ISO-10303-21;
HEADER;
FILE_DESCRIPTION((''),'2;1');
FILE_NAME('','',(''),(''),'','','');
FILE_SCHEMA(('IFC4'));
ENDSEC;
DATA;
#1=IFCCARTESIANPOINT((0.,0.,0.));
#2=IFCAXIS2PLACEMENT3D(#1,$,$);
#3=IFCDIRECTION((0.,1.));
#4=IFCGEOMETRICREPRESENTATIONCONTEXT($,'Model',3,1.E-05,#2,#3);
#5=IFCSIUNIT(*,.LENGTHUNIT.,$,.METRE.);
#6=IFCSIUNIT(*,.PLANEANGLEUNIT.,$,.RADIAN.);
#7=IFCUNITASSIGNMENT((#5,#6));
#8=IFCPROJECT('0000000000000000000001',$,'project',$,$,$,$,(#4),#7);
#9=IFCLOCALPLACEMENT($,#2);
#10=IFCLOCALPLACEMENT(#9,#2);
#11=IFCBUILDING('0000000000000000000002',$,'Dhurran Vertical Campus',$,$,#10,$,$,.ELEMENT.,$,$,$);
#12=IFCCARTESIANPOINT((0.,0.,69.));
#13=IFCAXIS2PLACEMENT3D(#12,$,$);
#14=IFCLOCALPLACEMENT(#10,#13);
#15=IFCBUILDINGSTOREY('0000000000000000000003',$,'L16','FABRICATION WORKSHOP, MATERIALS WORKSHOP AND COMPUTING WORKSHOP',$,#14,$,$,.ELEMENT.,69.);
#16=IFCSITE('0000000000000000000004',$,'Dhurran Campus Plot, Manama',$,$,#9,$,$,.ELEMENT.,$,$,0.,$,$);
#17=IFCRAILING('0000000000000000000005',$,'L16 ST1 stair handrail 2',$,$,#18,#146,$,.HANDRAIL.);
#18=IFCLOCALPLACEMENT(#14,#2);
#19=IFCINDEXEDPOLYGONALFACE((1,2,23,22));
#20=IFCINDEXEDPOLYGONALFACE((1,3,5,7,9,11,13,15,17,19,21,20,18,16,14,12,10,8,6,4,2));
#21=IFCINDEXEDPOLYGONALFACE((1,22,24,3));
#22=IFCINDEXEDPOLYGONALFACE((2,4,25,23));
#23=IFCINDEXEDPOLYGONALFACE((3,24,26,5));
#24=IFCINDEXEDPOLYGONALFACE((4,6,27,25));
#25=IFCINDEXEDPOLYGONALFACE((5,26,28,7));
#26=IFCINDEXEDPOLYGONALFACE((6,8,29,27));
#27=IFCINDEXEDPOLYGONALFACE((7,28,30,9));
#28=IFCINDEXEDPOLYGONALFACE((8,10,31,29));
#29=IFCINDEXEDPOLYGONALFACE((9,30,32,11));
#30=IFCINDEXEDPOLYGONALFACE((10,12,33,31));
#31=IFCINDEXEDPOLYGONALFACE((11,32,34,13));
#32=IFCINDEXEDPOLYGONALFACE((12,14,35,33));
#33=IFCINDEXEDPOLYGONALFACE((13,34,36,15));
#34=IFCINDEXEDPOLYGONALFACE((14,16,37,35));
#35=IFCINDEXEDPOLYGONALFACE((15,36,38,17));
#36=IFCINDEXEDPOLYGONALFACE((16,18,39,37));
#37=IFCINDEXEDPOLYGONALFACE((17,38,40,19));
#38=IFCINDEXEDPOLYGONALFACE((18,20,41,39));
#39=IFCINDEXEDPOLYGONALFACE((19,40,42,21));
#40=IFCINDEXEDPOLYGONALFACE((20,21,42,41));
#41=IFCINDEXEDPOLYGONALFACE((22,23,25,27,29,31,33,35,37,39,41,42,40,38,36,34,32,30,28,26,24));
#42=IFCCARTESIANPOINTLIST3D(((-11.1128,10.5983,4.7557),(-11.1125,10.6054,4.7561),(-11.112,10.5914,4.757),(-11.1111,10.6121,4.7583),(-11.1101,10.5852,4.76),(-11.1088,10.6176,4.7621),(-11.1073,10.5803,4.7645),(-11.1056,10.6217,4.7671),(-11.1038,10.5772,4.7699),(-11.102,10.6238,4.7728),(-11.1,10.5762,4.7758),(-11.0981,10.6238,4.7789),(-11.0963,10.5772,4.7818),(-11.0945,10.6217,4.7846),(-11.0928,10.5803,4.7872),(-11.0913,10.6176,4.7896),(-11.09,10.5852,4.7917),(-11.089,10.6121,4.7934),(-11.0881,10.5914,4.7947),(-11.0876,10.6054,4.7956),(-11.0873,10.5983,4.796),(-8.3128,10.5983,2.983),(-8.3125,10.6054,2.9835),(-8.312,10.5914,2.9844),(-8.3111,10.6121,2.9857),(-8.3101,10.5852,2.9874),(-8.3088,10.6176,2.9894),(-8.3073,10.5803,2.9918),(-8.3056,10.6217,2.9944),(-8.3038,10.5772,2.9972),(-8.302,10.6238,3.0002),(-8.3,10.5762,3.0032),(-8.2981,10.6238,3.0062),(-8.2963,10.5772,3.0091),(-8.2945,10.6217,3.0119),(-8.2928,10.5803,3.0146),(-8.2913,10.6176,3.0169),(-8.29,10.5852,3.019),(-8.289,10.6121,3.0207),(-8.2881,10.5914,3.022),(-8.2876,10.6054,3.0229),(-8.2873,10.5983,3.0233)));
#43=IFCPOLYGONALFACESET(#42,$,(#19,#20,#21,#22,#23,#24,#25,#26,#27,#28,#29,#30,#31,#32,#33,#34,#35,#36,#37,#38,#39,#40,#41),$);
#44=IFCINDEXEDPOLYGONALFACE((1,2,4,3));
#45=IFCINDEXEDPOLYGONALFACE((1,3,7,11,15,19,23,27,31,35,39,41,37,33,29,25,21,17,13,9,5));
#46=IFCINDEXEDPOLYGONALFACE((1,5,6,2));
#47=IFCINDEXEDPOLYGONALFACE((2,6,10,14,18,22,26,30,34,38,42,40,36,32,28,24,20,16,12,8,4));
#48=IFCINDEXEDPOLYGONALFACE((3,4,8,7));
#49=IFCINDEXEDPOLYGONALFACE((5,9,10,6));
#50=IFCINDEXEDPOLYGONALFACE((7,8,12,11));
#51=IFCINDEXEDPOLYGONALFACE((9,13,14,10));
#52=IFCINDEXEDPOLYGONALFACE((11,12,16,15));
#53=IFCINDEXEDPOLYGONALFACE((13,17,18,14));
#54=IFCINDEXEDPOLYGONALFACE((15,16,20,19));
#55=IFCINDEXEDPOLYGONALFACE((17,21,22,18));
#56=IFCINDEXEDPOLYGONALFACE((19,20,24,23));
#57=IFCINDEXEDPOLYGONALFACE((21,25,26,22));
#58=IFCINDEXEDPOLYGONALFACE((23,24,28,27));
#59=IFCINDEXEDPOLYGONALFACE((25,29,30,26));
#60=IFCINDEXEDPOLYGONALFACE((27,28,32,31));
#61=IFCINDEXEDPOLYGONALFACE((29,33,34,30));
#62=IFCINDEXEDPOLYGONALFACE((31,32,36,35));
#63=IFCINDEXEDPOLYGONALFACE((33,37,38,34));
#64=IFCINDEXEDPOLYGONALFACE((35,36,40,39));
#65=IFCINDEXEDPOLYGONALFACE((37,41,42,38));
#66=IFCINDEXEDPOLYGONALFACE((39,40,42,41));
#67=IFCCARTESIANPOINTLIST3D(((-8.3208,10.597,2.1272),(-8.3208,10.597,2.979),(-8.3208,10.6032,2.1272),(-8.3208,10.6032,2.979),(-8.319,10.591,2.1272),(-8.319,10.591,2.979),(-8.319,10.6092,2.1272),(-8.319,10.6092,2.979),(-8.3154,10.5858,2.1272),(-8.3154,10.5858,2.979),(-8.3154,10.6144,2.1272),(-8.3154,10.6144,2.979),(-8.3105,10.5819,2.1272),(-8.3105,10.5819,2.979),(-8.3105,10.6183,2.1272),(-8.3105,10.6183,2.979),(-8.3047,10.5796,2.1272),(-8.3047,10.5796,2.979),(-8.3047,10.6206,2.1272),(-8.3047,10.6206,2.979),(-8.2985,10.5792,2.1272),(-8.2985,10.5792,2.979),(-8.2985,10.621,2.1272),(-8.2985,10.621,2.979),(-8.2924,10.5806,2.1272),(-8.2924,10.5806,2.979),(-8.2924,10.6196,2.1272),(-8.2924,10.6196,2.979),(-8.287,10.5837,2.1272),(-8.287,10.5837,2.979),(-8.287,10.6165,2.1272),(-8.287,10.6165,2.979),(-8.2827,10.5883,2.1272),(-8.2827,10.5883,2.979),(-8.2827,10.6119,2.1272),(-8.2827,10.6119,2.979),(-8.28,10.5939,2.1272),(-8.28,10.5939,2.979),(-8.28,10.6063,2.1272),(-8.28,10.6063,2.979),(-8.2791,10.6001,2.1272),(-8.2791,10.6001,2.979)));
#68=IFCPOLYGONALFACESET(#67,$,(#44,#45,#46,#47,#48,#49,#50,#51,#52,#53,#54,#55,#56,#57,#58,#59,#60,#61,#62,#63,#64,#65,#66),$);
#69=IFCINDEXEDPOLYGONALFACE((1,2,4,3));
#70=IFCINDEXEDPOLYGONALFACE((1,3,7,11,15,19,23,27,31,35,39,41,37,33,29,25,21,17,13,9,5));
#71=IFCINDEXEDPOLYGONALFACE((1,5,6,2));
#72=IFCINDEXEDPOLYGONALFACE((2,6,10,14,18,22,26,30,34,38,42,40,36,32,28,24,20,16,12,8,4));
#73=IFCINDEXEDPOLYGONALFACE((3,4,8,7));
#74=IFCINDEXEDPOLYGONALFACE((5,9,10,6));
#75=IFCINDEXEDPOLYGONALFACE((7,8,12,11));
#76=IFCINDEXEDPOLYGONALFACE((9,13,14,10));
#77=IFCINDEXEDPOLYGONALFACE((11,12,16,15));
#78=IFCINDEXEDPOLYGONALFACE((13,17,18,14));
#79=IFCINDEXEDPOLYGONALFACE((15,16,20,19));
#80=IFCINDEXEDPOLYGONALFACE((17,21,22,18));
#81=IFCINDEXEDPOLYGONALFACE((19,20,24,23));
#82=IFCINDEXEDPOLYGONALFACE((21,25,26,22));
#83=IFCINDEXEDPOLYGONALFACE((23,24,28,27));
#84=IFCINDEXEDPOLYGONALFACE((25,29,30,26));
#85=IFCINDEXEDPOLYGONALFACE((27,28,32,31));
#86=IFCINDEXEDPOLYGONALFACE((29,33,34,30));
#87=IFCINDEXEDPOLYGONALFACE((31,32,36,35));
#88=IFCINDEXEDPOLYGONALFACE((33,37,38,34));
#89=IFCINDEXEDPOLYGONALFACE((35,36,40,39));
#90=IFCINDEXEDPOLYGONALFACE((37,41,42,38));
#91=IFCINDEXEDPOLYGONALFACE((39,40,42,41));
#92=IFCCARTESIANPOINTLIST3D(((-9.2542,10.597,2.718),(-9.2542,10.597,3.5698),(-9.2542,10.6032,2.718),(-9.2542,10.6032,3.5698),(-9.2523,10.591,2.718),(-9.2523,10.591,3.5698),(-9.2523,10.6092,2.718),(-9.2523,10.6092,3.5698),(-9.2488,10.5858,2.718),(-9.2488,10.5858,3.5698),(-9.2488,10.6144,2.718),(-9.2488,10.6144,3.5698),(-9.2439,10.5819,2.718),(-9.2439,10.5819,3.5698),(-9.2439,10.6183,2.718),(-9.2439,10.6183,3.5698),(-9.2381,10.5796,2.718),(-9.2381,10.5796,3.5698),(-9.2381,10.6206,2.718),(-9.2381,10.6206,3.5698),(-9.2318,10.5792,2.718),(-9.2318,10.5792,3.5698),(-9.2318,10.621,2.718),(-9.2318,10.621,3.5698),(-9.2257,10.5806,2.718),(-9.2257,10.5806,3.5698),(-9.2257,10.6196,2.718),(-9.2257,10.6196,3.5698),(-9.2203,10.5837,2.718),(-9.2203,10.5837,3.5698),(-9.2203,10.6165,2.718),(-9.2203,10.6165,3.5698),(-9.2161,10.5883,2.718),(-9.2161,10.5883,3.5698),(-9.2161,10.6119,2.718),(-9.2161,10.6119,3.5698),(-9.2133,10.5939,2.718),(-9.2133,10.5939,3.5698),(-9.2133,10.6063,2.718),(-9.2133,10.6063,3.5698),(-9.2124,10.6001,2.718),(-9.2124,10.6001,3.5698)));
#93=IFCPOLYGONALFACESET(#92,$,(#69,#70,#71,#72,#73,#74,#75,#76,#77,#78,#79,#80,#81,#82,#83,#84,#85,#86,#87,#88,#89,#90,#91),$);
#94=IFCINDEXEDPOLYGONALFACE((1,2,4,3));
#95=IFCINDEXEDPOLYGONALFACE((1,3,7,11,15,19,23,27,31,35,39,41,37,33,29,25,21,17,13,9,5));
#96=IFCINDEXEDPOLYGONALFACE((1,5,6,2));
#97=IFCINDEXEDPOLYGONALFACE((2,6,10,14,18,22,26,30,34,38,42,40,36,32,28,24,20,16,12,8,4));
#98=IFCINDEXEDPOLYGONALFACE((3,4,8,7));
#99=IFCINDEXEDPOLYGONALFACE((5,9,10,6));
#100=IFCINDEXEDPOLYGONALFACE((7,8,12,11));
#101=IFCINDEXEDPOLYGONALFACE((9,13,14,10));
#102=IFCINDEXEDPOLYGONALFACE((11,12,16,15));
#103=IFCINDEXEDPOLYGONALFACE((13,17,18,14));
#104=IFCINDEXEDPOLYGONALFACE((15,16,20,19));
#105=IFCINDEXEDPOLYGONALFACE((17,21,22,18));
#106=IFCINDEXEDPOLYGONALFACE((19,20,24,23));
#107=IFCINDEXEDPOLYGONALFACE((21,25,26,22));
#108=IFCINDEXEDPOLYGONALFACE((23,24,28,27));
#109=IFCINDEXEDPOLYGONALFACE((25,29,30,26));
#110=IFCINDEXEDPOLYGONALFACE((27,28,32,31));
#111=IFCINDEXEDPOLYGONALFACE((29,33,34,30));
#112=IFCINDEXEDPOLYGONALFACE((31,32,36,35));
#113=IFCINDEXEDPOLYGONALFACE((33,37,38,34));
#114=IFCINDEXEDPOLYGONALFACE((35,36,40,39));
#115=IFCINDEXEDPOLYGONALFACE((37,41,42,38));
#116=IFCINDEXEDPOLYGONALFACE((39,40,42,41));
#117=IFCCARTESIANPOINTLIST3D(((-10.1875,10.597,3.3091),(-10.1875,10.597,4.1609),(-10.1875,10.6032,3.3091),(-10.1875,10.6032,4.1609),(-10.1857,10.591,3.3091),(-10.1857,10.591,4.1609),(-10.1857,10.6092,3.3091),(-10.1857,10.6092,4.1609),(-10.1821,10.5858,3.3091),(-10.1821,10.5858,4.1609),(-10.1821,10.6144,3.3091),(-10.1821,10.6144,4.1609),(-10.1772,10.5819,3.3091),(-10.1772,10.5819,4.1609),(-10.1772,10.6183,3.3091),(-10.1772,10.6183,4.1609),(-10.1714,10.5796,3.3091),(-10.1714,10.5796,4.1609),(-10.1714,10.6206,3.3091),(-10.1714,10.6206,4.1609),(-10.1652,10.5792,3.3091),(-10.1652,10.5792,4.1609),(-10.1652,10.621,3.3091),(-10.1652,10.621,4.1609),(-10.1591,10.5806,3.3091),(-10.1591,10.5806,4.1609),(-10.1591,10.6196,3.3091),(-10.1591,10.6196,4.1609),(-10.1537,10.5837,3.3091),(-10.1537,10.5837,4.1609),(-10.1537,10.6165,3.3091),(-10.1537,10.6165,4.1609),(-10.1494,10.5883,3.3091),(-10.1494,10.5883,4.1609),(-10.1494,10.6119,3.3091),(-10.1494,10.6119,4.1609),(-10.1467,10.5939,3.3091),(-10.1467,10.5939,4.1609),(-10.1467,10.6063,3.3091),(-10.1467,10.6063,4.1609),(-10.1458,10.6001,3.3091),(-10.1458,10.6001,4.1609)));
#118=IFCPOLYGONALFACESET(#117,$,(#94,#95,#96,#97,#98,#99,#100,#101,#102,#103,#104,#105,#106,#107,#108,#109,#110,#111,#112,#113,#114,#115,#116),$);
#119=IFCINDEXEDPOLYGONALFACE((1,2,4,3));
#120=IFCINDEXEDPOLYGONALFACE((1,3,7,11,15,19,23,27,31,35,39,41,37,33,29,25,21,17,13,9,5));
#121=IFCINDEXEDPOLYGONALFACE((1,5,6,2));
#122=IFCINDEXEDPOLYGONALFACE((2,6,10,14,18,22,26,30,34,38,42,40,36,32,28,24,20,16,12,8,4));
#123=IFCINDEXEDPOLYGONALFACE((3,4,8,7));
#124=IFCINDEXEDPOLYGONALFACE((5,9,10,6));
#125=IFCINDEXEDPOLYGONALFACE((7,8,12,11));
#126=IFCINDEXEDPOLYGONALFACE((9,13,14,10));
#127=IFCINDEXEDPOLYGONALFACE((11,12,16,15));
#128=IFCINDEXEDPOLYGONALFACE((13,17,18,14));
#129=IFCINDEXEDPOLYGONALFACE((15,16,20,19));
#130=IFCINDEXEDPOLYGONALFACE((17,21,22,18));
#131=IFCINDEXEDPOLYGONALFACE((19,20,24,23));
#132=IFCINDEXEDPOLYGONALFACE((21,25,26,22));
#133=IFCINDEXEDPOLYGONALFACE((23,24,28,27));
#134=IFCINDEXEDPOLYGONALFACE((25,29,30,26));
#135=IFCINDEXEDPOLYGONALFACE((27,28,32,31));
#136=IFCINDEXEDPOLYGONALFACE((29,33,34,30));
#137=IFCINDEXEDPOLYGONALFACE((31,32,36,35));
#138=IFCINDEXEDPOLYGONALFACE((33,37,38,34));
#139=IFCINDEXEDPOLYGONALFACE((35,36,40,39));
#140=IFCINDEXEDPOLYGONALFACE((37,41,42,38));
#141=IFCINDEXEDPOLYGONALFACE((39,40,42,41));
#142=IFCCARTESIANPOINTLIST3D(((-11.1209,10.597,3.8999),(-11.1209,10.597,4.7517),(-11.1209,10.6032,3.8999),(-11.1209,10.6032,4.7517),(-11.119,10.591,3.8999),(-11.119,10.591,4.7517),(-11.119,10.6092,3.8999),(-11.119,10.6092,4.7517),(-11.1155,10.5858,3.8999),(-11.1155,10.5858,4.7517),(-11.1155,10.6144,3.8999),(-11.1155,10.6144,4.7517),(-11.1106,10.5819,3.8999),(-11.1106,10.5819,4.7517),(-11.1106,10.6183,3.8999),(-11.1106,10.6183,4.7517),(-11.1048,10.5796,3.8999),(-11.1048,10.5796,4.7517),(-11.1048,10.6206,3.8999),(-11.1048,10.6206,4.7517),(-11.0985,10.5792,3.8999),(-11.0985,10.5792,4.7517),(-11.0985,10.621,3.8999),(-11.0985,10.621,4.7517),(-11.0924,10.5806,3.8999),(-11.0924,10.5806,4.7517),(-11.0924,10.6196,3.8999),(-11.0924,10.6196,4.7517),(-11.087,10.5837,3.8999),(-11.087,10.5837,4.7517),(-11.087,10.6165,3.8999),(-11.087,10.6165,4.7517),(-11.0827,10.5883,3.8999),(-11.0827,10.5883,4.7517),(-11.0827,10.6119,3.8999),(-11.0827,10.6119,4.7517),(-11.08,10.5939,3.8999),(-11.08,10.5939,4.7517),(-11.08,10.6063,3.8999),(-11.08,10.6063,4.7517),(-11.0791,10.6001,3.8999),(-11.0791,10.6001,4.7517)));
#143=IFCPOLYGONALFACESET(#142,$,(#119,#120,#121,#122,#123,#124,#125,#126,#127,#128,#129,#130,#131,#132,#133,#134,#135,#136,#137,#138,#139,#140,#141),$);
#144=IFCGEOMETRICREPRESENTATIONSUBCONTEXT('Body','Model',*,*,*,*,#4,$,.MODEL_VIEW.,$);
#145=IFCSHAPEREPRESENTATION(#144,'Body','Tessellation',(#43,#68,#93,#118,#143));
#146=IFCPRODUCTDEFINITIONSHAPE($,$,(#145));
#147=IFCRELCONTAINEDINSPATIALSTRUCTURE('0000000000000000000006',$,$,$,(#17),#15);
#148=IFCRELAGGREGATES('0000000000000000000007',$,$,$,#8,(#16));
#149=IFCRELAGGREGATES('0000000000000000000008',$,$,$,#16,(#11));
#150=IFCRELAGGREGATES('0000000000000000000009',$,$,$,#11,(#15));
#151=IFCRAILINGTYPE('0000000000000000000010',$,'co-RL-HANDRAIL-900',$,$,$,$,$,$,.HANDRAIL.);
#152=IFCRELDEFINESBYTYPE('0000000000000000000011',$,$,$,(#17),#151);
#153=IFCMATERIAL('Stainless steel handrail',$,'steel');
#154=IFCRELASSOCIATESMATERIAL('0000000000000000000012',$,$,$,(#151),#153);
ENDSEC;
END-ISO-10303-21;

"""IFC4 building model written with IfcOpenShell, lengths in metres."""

from ifc_helpers import new_model, si_unit, direction, frame, origin, origin_2d, place, context, subcontext, project, spatial, circle, extrude, material, type_object, element, save


model = new_model("IFC4")

# Units and contexts
model_context = context("Model", 3, precision=1e-05, world=origin(), true_north=direction((0.0, 1.0)))
body_context = subcontext(model_context, "Body", "Model", "MODEL_VIEW")
ifc_project = project(units=[si_unit("LENGTHUNIT", "METRE"), si_unit("PLANEANGLEUNIT", "RADIAN")], contexts=[model_context])

# Site, building, storey
site_placement = place(None, origin())
site = spatial("IfcSite", under=ifc_project, at=site_placement, Name="Dhurran Campus Plot, Manama", CompositionType="ELEMENT", RefElevation=0.0)
building_placement = place(site_placement, origin())
building = spatial("IfcBuilding", under=site, at=building_placement, Name="Dhurran Vertical Campus", CompositionType="ELEMENT")
storey_placement = place(building_placement, frame((0.0, 0.0, 69.0)))
storey = spatial("IfcBuildingStorey", under=building, at=storey_placement, Name="L16", Description="FABRICATION WORKSHOP, MATERIALS WORKSHOP AND COMPUTING WORKSHOP", CompositionType="ELEMENT", Elevation=69.0)

# Railing
ifc_material_1 = material(Name="Stainless steel handrail", Category="steel")
railing_type_1 = type_object("IfcRailingType", Name="co-RL-HANDRAIL-900", PredefinedType="HANDRAIL", material=ifc_material_1)
railing_1_placement = place(storey_placement, frame((-8.3, 10.6001, 2.1272)))
element("IfcRailing", 1, at=railing_1_placement, inside=storey, type_object=railing_type_1, Name="L16 ST1 stair handrail 2", PredefinedType="HANDRAIL", context=body_context, shape_type="SweptSolid", body=[
    extrude(circle(Radius=0.0239, at=origin_2d()), frame((0.0, 0.0, 0.876), z_axis=(-0.844909, 0.0, 0.53491), x_axis=(0.0, -1.0, 0.0)), (0.0, 0.0, 1.0), 3.314),
    extrude(circle(Radius=0.021, at=origin_2d()), origin(), (0.0, 0.0, 1.0), 0.8518),
    extrude(circle(Radius=0.021, at=origin_2d()), frame((-0.9333, 0.0, 0.5908)), (0.0, 0.0, 1.0), 0.8518),
    extrude(circle(Radius=0.021, at=origin_2d()), frame((-1.8667, 0.0, 1.1819)), (0.0, 0.0, 1.0), 0.8518),
    extrude(circle(Radius=0.021, at=origin_2d()), frame((-2.8, 0.0, 1.7727)), (0.0, 0.0, 1.0), 0.8518),
])

save(model, "model.ifc")
